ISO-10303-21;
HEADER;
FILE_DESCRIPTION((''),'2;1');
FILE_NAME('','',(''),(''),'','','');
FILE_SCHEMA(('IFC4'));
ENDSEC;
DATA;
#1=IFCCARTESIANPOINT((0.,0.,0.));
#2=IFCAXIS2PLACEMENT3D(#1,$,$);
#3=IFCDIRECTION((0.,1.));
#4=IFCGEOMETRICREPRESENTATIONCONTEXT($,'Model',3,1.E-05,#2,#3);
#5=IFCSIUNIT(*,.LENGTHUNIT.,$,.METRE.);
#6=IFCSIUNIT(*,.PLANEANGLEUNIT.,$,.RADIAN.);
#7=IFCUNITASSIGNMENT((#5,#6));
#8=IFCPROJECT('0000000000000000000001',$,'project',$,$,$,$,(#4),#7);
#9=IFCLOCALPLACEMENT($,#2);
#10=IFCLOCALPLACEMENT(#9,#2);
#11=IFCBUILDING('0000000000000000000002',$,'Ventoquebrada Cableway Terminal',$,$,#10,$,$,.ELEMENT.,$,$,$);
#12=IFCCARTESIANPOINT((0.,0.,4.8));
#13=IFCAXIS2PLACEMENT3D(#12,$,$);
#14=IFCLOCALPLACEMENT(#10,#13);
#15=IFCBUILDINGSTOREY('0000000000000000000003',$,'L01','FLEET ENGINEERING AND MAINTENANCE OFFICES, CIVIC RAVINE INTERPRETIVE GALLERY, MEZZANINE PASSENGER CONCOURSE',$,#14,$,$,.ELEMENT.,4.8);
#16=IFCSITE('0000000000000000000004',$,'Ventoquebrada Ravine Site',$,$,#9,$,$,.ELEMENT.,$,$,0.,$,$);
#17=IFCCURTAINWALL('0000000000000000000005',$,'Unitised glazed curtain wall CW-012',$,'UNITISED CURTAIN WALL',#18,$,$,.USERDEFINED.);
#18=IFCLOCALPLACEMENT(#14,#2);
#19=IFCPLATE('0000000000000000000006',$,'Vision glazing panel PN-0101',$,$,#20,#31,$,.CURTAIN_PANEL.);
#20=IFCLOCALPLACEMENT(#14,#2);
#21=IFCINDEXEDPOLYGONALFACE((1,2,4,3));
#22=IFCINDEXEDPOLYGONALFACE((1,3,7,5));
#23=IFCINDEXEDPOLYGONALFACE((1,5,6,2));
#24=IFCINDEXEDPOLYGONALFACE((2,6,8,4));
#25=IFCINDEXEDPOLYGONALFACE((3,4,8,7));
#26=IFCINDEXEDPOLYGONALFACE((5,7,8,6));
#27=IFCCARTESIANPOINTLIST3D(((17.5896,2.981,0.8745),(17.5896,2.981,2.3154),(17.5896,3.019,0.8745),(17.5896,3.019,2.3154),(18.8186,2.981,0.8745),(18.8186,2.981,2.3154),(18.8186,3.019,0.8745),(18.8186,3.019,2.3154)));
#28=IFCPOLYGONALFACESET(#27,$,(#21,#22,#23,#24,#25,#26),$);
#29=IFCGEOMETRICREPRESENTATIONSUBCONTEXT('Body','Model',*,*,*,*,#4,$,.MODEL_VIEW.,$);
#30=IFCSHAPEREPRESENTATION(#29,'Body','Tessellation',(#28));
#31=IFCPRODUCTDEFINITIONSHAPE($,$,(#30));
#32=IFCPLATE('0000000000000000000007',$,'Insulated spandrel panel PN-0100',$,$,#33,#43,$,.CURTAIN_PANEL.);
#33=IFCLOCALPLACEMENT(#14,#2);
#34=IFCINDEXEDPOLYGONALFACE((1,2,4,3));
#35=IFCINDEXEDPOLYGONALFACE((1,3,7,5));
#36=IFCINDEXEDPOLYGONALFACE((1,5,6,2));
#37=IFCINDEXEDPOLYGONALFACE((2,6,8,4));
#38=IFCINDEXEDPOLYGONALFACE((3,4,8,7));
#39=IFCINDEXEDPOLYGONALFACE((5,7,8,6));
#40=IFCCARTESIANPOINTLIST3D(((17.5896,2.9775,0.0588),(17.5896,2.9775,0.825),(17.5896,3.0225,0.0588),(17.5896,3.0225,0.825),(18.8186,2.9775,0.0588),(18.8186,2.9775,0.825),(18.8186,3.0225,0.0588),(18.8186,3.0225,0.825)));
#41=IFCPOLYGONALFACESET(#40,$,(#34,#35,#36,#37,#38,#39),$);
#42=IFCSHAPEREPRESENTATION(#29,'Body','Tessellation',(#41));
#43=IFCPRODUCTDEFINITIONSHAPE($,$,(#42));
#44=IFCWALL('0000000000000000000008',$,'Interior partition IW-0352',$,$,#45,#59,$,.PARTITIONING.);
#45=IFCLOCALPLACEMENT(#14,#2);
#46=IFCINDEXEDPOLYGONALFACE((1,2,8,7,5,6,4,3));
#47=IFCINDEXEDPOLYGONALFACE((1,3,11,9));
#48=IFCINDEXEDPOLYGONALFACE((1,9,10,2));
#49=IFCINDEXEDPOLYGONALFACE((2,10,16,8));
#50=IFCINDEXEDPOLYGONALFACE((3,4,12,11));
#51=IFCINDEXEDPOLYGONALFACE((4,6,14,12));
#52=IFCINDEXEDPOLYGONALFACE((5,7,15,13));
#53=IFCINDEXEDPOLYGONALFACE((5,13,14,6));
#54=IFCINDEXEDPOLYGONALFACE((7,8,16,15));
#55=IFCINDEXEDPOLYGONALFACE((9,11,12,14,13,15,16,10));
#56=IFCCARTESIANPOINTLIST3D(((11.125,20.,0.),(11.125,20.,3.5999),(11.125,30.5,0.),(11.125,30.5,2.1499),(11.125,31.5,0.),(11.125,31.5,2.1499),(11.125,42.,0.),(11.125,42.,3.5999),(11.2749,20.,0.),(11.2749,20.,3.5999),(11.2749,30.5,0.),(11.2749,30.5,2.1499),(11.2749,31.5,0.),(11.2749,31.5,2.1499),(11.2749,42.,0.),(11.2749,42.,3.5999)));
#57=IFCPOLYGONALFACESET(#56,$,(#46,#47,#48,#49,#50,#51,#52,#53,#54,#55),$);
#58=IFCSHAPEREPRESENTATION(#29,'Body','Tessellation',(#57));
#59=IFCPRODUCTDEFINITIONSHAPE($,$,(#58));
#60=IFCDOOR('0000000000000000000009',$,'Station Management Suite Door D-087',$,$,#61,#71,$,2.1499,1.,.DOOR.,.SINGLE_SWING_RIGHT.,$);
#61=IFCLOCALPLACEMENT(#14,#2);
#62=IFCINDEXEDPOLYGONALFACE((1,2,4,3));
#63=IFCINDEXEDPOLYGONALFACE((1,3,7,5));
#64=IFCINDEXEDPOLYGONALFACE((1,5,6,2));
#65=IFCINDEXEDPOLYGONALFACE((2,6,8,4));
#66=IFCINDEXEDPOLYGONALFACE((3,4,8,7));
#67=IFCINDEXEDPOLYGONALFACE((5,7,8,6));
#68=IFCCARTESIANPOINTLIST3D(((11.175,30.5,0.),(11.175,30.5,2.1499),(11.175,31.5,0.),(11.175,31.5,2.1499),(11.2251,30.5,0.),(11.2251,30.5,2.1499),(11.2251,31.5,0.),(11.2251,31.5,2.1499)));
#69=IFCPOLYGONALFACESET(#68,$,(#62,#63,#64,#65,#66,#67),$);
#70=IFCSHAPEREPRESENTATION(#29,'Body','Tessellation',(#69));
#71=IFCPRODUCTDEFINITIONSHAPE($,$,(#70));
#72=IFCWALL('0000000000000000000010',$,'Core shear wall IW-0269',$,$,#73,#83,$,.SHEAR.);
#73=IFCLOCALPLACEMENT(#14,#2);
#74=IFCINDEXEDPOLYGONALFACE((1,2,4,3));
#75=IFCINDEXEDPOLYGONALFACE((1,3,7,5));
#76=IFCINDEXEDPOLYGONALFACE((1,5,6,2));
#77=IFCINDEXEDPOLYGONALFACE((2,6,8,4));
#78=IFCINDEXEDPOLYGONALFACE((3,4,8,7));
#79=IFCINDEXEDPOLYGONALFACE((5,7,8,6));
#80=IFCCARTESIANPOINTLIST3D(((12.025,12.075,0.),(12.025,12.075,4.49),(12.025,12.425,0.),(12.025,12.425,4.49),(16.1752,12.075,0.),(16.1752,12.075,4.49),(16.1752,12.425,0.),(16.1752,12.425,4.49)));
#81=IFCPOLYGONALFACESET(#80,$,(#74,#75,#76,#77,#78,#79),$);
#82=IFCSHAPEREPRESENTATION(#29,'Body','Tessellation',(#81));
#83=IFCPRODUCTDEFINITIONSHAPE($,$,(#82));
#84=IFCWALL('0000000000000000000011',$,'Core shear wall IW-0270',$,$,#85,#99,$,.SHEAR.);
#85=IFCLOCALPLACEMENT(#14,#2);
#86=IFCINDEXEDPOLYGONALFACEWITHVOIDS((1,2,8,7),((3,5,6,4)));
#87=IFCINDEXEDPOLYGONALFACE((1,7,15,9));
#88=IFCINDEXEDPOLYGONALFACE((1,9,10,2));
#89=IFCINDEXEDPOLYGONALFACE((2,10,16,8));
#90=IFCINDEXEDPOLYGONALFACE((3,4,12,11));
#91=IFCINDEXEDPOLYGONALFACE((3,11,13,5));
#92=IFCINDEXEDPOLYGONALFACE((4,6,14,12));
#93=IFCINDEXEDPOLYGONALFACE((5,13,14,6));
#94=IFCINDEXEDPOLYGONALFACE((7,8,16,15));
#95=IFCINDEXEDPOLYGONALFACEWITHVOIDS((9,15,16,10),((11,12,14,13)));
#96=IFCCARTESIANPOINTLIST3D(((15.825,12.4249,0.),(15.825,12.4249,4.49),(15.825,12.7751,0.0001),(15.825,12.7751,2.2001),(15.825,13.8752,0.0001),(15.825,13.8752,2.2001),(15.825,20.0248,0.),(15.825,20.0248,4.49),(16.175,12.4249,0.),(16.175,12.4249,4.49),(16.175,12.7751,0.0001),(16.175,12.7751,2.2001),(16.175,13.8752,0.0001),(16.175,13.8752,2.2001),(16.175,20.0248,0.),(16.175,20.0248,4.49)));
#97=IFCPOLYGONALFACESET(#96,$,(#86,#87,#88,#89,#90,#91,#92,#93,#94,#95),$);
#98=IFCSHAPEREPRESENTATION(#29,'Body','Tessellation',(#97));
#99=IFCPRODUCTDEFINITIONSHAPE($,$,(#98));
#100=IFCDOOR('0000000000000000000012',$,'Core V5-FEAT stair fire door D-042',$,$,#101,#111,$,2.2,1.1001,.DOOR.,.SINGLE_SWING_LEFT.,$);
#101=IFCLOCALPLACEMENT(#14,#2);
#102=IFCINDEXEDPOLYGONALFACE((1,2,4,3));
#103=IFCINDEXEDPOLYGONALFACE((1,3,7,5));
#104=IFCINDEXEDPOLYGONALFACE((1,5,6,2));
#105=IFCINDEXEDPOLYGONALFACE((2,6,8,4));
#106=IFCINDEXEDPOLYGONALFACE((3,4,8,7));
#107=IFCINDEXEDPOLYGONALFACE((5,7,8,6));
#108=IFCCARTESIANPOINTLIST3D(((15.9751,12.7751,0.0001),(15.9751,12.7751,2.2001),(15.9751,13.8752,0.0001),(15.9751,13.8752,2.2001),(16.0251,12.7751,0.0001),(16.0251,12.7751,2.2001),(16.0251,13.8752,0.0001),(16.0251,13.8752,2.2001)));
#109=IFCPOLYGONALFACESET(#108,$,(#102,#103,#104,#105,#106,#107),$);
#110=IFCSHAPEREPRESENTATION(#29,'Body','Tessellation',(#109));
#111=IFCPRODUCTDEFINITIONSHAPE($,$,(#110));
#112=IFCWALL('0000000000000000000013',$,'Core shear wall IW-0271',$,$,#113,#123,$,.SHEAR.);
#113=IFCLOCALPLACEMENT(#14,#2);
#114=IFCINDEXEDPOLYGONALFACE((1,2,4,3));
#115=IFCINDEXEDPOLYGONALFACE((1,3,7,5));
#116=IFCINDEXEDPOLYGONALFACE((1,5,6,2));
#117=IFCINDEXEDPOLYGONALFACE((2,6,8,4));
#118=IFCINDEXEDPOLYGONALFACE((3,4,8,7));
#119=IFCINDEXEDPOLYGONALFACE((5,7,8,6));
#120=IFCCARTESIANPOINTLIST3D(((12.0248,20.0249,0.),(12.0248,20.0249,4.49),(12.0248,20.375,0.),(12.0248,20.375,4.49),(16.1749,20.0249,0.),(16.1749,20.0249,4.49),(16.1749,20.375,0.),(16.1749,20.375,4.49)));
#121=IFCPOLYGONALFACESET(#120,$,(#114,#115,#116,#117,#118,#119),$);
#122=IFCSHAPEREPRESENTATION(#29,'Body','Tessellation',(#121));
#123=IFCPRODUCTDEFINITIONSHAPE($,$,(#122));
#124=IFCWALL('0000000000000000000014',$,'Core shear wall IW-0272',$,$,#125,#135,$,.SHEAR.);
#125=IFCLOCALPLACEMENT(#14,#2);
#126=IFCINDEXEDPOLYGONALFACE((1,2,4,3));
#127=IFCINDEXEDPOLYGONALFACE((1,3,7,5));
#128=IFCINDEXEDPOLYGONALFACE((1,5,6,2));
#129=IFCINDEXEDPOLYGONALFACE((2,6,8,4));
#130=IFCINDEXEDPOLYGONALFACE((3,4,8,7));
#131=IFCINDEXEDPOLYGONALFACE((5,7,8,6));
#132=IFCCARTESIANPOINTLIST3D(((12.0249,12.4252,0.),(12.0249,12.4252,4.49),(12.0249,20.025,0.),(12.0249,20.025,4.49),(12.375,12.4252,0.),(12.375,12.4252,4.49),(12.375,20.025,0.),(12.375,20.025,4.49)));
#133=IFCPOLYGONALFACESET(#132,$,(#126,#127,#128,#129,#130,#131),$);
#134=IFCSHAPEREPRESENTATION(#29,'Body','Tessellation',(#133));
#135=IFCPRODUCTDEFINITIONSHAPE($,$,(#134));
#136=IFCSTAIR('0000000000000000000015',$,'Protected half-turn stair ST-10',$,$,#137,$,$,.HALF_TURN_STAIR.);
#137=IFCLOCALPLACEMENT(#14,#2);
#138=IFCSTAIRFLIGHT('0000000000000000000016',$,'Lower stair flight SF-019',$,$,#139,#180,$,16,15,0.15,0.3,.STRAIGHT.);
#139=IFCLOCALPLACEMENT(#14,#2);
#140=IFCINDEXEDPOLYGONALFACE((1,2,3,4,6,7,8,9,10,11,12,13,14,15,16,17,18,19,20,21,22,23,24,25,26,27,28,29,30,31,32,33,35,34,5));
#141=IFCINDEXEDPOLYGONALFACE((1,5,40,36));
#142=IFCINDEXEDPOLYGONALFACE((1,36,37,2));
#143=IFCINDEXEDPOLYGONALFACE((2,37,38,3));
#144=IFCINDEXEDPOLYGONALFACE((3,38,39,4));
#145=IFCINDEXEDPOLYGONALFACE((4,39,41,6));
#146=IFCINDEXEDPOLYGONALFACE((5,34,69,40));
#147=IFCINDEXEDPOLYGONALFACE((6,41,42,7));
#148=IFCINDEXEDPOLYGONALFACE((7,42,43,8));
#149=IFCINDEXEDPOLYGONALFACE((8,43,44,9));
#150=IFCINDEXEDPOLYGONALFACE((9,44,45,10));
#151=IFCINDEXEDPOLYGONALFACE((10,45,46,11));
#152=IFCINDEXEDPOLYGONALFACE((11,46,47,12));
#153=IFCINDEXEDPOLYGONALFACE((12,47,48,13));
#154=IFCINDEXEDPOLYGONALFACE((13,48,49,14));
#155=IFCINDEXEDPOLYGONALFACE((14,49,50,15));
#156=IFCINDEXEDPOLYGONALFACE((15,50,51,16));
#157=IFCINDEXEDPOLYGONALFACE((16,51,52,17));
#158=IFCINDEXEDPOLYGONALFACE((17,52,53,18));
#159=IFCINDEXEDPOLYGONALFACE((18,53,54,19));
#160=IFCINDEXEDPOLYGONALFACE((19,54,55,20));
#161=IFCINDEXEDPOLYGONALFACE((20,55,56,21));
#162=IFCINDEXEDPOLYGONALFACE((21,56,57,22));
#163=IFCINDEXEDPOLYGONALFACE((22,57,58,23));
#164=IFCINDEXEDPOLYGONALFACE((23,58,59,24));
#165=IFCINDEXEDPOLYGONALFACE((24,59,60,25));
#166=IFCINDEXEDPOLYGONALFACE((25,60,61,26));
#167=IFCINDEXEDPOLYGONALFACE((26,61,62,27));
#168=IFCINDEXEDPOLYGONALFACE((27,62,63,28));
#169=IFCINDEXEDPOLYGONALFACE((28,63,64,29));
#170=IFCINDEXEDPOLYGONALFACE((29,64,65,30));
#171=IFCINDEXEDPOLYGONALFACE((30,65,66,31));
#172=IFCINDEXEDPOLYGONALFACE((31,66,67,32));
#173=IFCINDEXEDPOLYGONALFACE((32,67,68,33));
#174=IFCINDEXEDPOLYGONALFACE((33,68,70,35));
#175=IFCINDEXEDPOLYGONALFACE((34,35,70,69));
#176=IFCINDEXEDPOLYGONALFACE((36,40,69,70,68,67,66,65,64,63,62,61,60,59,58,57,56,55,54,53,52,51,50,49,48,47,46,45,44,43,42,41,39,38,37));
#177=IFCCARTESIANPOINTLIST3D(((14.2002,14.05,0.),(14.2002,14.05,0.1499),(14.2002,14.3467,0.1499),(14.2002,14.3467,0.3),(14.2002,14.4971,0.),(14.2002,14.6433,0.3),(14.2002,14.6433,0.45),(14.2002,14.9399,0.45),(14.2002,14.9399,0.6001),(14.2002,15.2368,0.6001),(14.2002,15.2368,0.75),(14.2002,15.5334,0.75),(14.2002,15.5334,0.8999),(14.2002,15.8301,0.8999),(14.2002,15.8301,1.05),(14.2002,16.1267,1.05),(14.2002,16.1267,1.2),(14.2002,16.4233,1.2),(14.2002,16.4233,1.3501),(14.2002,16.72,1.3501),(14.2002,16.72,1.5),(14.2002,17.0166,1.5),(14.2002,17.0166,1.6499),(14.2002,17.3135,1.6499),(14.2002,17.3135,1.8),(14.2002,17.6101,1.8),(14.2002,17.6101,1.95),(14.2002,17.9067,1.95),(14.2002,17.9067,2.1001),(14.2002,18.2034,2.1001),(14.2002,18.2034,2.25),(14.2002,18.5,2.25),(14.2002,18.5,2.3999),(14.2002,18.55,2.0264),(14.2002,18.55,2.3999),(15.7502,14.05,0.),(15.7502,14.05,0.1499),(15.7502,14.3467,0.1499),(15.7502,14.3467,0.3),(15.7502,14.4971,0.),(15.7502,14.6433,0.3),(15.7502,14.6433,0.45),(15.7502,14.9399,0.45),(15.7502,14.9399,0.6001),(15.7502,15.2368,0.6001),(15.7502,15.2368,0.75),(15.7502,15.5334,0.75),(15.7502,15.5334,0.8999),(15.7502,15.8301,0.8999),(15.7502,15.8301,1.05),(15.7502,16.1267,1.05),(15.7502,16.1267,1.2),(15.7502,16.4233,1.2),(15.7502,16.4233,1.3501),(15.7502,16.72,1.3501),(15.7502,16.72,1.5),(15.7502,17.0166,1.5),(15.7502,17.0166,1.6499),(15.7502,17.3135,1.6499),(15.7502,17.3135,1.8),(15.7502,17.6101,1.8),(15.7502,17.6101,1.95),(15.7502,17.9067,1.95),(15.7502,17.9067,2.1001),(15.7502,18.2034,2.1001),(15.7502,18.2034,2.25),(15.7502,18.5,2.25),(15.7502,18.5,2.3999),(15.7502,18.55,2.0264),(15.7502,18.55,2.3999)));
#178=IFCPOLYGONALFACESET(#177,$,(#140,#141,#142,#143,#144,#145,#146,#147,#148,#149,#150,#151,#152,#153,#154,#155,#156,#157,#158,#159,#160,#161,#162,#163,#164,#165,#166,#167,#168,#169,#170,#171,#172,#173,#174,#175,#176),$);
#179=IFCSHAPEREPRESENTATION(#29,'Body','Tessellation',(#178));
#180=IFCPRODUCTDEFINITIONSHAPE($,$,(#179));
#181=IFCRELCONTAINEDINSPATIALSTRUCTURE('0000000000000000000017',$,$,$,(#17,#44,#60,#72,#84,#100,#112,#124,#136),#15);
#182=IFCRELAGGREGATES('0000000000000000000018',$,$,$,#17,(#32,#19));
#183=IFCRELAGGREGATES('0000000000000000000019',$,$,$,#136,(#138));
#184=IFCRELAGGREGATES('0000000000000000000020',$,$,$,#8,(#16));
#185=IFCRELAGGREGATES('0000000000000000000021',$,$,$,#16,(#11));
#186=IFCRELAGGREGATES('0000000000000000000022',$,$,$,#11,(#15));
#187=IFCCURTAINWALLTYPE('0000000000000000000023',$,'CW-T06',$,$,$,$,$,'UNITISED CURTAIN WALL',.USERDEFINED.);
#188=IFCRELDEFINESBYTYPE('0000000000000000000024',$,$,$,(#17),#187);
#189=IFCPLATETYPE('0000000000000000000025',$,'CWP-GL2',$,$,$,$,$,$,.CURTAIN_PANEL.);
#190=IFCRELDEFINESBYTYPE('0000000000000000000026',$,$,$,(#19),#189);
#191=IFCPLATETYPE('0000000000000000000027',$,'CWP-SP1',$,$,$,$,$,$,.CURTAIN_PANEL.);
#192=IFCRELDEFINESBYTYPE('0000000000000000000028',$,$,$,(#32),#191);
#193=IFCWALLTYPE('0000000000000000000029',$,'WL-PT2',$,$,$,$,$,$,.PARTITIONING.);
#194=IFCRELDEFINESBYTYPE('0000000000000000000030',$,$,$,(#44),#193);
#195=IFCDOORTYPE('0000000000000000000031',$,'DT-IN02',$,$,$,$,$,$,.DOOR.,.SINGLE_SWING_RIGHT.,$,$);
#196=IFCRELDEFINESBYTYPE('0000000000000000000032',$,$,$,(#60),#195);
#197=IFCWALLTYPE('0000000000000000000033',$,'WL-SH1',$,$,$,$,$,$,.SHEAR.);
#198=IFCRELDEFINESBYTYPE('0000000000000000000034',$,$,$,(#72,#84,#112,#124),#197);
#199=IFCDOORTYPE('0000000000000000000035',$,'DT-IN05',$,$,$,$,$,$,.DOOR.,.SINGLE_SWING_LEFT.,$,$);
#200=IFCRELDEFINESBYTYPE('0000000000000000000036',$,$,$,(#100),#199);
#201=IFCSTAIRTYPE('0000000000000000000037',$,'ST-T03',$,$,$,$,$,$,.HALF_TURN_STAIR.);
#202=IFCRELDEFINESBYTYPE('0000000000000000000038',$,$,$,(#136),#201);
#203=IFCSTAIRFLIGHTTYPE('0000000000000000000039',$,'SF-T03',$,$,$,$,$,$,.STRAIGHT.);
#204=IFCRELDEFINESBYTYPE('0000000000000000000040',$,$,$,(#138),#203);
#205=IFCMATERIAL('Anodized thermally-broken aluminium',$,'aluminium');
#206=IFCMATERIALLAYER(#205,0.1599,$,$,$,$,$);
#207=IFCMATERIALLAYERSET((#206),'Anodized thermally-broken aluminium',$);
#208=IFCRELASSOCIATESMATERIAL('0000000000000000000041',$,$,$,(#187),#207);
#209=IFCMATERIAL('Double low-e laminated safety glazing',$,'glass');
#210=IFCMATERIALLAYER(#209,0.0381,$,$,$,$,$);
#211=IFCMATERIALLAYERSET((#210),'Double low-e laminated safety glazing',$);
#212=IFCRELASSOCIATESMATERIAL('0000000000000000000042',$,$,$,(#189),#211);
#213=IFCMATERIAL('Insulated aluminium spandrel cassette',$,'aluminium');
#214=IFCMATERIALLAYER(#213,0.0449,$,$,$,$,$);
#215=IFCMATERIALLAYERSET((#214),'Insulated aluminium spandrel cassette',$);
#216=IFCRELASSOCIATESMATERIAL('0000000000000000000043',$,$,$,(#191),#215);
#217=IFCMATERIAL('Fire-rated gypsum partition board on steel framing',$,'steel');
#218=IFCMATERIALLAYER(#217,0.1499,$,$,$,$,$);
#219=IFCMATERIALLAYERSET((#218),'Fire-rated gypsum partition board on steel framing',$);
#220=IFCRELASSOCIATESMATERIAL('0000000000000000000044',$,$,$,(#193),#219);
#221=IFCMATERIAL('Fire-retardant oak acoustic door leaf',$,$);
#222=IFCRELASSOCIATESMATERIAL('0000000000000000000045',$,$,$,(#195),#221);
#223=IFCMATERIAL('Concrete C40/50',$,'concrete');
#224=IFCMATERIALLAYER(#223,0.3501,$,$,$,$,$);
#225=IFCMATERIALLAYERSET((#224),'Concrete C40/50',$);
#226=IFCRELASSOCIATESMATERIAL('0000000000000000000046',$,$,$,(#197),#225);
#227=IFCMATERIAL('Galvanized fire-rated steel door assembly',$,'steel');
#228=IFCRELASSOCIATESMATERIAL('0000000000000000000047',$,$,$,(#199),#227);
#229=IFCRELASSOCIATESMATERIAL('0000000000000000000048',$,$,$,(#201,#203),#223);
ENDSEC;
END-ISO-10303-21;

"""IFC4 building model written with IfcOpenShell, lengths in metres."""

from ifc_helpers import new_model, si_unit, direction, frame, frame_2d, origin, origin_2d, place, context, subcontext, project, spatial, polyline, rectangle, outline, extrude, material, layer, layer_set, type_object, element, fill, aggregate, save


model = new_model("IFC4")

# Units and contexts
model_context = context("Model", 3, precision=1e-05, world=origin(), true_north=direction((0.0, 1.0)))
body_context = subcontext(model_context, "Body", "Model", "MODEL_VIEW")
ifc_project = project(units=[si_unit("LENGTHUNIT", "METRE"), si_unit("PLANEANGLEUNIT", "RADIAN")], contexts=[model_context])

# Site, building, storey
site_placement = place(None, origin())
site = spatial("IfcSite", under=ifc_project, at=site_placement, Name="Ventoquebrada Ravine Site", CompositionType="ELEMENT", RefElevation=0.0)
building_placement = place(site_placement, origin())
building = spatial("IfcBuilding", under=site, at=building_placement, Name="Ventoquebrada Cableway Terminal", CompositionType="ELEMENT")
storey_placement = place(building_placement, frame((0.0, 0.0, 4.8)))
storey = spatial("IfcBuildingStorey", under=building, at=storey_placement, Name="L01", Description="FLEET ENGINEERING AND MAINTENANCE OFFICES, CIVIC RAVINE INTERPRETIVE GALLERY, MEZZANINE PASSENGER CONCOURSE", CompositionType="ELEMENT", Elevation=4.8)

# Shared definitions
ifc_material_1 = material(Name="Concrete C40/50", Category="concrete")

# Shared definitions
ifc_material_2 = material(Name="Anodized thermally-broken aluminium", Category="aluminium")
ifc_layer_1 = layer(ifc_material_2, 0.1599)
ifc_layer_set_1 = layer_set([ifc_layer_1], Name="Anodized thermally-broken aluminium")
curtain_wall_type = type_object("IfcCurtainWallType", Name="CW-T06", ElementType="UNITISED CURTAIN WALL", PredefinedType="USERDEFINED", material=ifc_layer_set_1)

# Curtain wall
curtain_wall_1_placement = place(storey_placement, origin())
curtain_wall_1 = element("IfcCurtainWall", 1, at=curtain_wall_1_placement, inside=storey, type_object=curtain_wall_type, Name="Unitised glazed curtain wall CW-012", ObjectType="UNITISED CURTAIN WALL", PredefinedType="USERDEFINED")

# Plates
ifc_material_3 = material(Name="Double low-e laminated safety glazing", Category="glass")
ifc_layer_2 = layer(ifc_material_3, 0.0381)
ifc_layer_set_2 = layer_set([ifc_layer_2], Name="Double low-e laminated safety glazing")
plate_type_1 = type_object("IfcPlateType", Name="CWP-GL2", PredefinedType="CURTAIN_PANEL", material=ifc_layer_set_2)
plate_1_placement = place(storey_placement, frame((18.2041, 3.0, 0.8745), z_axis=(0.0, 0.0, 1.0), x_axis=(1.0, 0.0, 0.0)))
plate_1 = element("IfcPlate", 2, at=plate_1_placement, type_object=plate_type_1, Name="Vision glazing panel PN-0101", PredefinedType="CURTAIN_PANEL", context=body_context, shape_type="SweptSolid", body=[
    extrude(rectangle(XDim=1.229, YDim=0.0381, at=origin_2d()), origin(), (0.0, 0.0, 1.0), 1.4409),
])
ifc_material_4 = material(Name="Insulated aluminium spandrel cassette", Category="aluminium")
ifc_layer_3 = layer(ifc_material_4, 0.0449)
ifc_layer_set_3 = layer_set([ifc_layer_3], Name="Insulated aluminium spandrel cassette")
plate_type_2 = type_object("IfcPlateType", Name="CWP-SP1", PredefinedType="CURTAIN_PANEL", material=ifc_layer_set_3)
plate_2_placement = place(storey_placement, frame((18.2041, 3.0, 0.0588), z_axis=(0.0, 0.0, 1.0), x_axis=(1.0, 0.0, 0.0)))
plate_2 = element("IfcPlate", 3, at=plate_2_placement, type_object=plate_type_2, Name="Insulated spandrel panel PN-0100", PredefinedType="CURTAIN_PANEL", context=body_context, shape_type="SweptSolid", body=[
    extrude(rectangle(XDim=1.229, YDim=0.0449, at=origin_2d()), origin(), (0.0, 0.0, 1.0), 0.7661),
])
aggregate(curtain_wall_1, [plate_2, plate_1])

# Wall, opening, door
ifc_material_5 = material(Name="Fire-rated gypsum partition board on steel framing", Category="steel")
ifc_layer_4 = layer(ifc_material_5, 0.1499)
ifc_layer_set_4 = layer_set([ifc_layer_4], Name="Fire-rated gypsum partition board on steel framing")
wall_type_1 = type_object("IfcWallType", Name="WL-PT2", PredefinedType="PARTITIONING", material=ifc_layer_set_4)
wall_1_placement = place(storey_placement, frame((11.2, 20.0, 0.0), z_axis=(0.0, 0.0, 1.0), x_axis=(0.0, 1.0, 0.0)))
wall_1 = element("IfcWall", 4, at=wall_1_placement, inside=storey, type_object=wall_type_1, Name="Interior partition IW-0352", PredefinedType="PARTITIONING", context=body_context, shape_type="SweptSolid", body=[
    extrude(rectangle(XDim=22.0, YDim=0.1499, at=frame_2d((11.0, 0.0))), origin(), (0.0, 0.0, 1.0), 3.5999),
])
opening_1_placement = place(wall_1_placement, frame((10.5, 0.0, 0.0)))
opening_1 = element("IfcOpeningElement", 5, at=opening_1_placement, cuts=wall_1, PredefinedType="OPENING", context=body_context, shape_type="SweptSolid", body=[
    extrude(rectangle(XDim=1.0, YDim=2.1499, at=frame_2d((0.5, 1.075))), frame((0.0, 0.085, 0.0), z_axis=(0.0, -1.0, 0.0), x_axis=(1.0, 0.0, 0.0)), (0.0, 0.0, 1.0), 0.1699),
])
ifc_material_6 = material(Name="Fire-retardant oak acoustic door leaf")
door_type_1 = type_object("IfcDoorType", Name="DT-IN02", OperationType="SINGLE_SWING_RIGHT", PredefinedType="DOOR", material=ifc_material_6)
door_1_placement = place(opening_1_placement, origin())
door_1 = element("IfcDoor", 6, at=door_1_placement, inside=storey, type_object=door_type_1, Name="Station Management Suite Door D-087", OperationType="SINGLE_SWING_RIGHT", OverallHeight=2.1499, OverallWidth=1.0, PredefinedType="DOOR", context=body_context, shape_type="SweptSolid", body=[
    extrude(rectangle(XDim=1.0, YDim=2.1499, at=frame_2d((0.5, 1.075))), frame((0.0, 0.0249, 0.0), z_axis=(0.0, -1.0, 0.0), x_axis=(1.0, 0.0, 0.0)), (0.0, 0.0, 1.0), 0.05),
])
fill(opening_1, door_1)

# Wall
ifc_layer_5 = layer(ifc_material_1, 0.3501)
ifc_layer_set_5 = layer_set([ifc_layer_5], Name="Concrete C40/50")
wall_type_2 = type_object("IfcWallType", Name="WL-SH1", PredefinedType="SHEAR", material=ifc_layer_set_5)
wall_2_placement = place(storey_placement, frame((12.0249, 12.25, 0.0), z_axis=(0.0, 0.0, 1.0), x_axis=(1.0, 0.0, 0.0)))
element("IfcWall", 7, at=wall_2_placement, inside=storey, type_object=wall_type_2, Name="Core shear wall IW-0269", PredefinedType="SHEAR", context=body_context, shape_type="SweptSolid", body=[
    extrude(rectangle(XDim=4.1501, YDim=0.3501, at=frame_2d((2.0752, 0.0))), origin(), (0.0, 0.0, 1.0), 4.49),
])

# Wall, opening, door
wall_3_placement = place(storey_placement, frame((16.0, 12.425, 0.0), z_axis=(0.0, 0.0, 1.0), x_axis=(0.0, 1.0, 0.0)))
wall_3 = element("IfcWall", 8, at=wall_3_placement, inside=storey, type_object=wall_type_2, Name="Core shear wall IW-0270", PredefinedType="SHEAR", context=body_context, shape_type="SweptSolid", body=[
    extrude(rectangle(XDim=7.5999, YDim=0.3501, at=frame_2d((3.7998, 0.0))), origin(), (0.0, 0.0, 1.0), 4.49),
])
opening_2_placement = place(wall_3_placement, frame((0.3501, 0.0, 0.0)))
opening_2 = element("IfcOpeningElement", 9, at=opening_2_placement, cuts=wall_3, PredefinedType="OPENING", context=body_context, shape_type="SweptSolid", body=[
    extrude(rectangle(XDim=1.1001, YDim=2.2, at=frame_2d((0.55, 1.1001))), frame((0.0, 0.1851, 0.0), z_axis=(0.0, -1.0, 0.0), x_axis=(1.0, 0.0, 0.0)), (0.0, 0.0, 1.0), 0.3701),
])
ifc_material_7 = material(Name="Galvanized fire-rated steel door assembly", Category="steel")
door_type_2 = type_object("IfcDoorType", Name="DT-IN05", OperationType="SINGLE_SWING_LEFT", PredefinedType="DOOR", material=ifc_material_7)
door_2_placement = place(opening_2_placement, origin())
door_2 = element("IfcDoor", 10, at=door_2_placement, inside=storey, type_object=door_type_2, Name="Core V5-FEAT stair fire door D-042", OperationType="SINGLE_SWING_LEFT", OverallHeight=2.2, OverallWidth=1.1001, PredefinedType="DOOR", context=body_context, shape_type="SweptSolid", body=[
    extrude(rectangle(XDim=1.1001, YDim=2.2, at=frame_2d((0.55, 1.1001))), frame((0.0, 0.0249, 0.0), z_axis=(0.0, -1.0, 0.0), x_axis=(1.0, 0.0, 0.0)), (0.0, 0.0, 1.0), 0.05),
])
fill(opening_2, door_2)

# Walls
wall_4_placement = place(storey_placement, frame((16.175, 20.2, 0.0), z_axis=(0.0, 0.0, 1.0), x_axis=(-1.0, 0.0, 0.0)))
element("IfcWall", 11, at=wall_4_placement, inside=storey, type_object=wall_type_2, Name="Core shear wall IW-0271", PredefinedType="SHEAR", context=body_context, shape_type="SweptSolid", body=[
    extrude(rectangle(XDim=4.1501, YDim=0.3501, at=frame_2d((2.0752, 0.0))), origin(), (0.0, 0.0, 1.0), 4.49),
])
wall_5_placement = place(storey_placement, frame((12.2, 20.0249, 0.0), z_axis=(0.0, 0.0, 1.0), x_axis=(0.0, -1.0, 0.0)))
element("IfcWall", 12, at=wall_5_placement, inside=storey, type_object=wall_type_2, Name="Core shear wall IW-0272", PredefinedType="SHEAR", context=body_context, shape_type="SweptSolid", body=[
    extrude(rectangle(XDim=7.5999, YDim=0.3501, at=frame_2d((3.7998, 0.0))), origin(), (0.0, 0.0, 1.0), 4.49),
])

# Stair, stair flight
stair_type = type_object("IfcStairType", Name="ST-T03", PredefinedType="HALF_TURN_STAIR", material=ifc_material_1)
stair_placement = place(storey_placement, origin())
stair = element("IfcStair", 13, at=stair_placement, inside=storey, type_object=stair_type, Name="Protected half-turn stair ST-10", PredefinedType="HALF_TURN_STAIR")
stair_flight_type = type_object("IfcStairFlightType", Name="SF-T03", PredefinedType="STRAIGHT", material=ifc_material_1)
stair_flight_1_placement = place(storey_placement, frame((14.9751, 14.05, 0.0), z_axis=(0.0, 0.0, 1.0), x_axis=(0.0, 1.0, 0.0)))
stair_flight_1 = element("IfcStairFlight", 14, at=stair_flight_1_placement, type_object=stair_flight_type, Name="Lower stair flight SF-019", NumberOfRisers=16, NumberOfTreads=15, PredefinedType="STRAIGHT", RiserHeight=0.15, TreadLength=0.3, context=body_context, shape_type="SweptSolid", body=[
    extrude(outline(polyline([(0.0, 0.0), (0.0, 0.1499), (0.2966, 0.1499), (0.2966, 0.3), (0.5933, 0.3), (0.5933, 0.45), (0.8899, 0.45), (0.8899, 0.6001), (1.1868, 0.6001), (1.1868, 0.75), (1.4834, 0.75), (1.4834, 0.8999), (1.78, 0.8999), (1.78, 1.05), (2.0767, 1.05), (2.0767, 1.2), (2.3733, 1.2), (2.3733, 1.3501), (2.6699, 1.3501), (2.6699, 1.5), (2.9666, 1.5), (2.9666, 1.6499), (3.2634, 1.6499), (3.2634, 1.8), (3.5601, 1.8), (3.5601, 1.95), (3.8567, 1.95), (3.8567, 2.1001), (4.1533, 2.1001), (4.1533, 2.25), (4.45, 2.25), (4.45, 2.3999), (4.5, 2.3999), (4.5, 2.0264), (0.447, 0.0), (0.0, 0.0)])), frame((0.0, 0.7749, 0.0), z_axis=(0.0, -1.0, 0.0), x_axis=(1.0, 0.0, 0.0)), (0.0, 0.0, 1.0), 1.55),
])
aggregate(stair, [stair_flight_1])

save(model, "model.ifc")
